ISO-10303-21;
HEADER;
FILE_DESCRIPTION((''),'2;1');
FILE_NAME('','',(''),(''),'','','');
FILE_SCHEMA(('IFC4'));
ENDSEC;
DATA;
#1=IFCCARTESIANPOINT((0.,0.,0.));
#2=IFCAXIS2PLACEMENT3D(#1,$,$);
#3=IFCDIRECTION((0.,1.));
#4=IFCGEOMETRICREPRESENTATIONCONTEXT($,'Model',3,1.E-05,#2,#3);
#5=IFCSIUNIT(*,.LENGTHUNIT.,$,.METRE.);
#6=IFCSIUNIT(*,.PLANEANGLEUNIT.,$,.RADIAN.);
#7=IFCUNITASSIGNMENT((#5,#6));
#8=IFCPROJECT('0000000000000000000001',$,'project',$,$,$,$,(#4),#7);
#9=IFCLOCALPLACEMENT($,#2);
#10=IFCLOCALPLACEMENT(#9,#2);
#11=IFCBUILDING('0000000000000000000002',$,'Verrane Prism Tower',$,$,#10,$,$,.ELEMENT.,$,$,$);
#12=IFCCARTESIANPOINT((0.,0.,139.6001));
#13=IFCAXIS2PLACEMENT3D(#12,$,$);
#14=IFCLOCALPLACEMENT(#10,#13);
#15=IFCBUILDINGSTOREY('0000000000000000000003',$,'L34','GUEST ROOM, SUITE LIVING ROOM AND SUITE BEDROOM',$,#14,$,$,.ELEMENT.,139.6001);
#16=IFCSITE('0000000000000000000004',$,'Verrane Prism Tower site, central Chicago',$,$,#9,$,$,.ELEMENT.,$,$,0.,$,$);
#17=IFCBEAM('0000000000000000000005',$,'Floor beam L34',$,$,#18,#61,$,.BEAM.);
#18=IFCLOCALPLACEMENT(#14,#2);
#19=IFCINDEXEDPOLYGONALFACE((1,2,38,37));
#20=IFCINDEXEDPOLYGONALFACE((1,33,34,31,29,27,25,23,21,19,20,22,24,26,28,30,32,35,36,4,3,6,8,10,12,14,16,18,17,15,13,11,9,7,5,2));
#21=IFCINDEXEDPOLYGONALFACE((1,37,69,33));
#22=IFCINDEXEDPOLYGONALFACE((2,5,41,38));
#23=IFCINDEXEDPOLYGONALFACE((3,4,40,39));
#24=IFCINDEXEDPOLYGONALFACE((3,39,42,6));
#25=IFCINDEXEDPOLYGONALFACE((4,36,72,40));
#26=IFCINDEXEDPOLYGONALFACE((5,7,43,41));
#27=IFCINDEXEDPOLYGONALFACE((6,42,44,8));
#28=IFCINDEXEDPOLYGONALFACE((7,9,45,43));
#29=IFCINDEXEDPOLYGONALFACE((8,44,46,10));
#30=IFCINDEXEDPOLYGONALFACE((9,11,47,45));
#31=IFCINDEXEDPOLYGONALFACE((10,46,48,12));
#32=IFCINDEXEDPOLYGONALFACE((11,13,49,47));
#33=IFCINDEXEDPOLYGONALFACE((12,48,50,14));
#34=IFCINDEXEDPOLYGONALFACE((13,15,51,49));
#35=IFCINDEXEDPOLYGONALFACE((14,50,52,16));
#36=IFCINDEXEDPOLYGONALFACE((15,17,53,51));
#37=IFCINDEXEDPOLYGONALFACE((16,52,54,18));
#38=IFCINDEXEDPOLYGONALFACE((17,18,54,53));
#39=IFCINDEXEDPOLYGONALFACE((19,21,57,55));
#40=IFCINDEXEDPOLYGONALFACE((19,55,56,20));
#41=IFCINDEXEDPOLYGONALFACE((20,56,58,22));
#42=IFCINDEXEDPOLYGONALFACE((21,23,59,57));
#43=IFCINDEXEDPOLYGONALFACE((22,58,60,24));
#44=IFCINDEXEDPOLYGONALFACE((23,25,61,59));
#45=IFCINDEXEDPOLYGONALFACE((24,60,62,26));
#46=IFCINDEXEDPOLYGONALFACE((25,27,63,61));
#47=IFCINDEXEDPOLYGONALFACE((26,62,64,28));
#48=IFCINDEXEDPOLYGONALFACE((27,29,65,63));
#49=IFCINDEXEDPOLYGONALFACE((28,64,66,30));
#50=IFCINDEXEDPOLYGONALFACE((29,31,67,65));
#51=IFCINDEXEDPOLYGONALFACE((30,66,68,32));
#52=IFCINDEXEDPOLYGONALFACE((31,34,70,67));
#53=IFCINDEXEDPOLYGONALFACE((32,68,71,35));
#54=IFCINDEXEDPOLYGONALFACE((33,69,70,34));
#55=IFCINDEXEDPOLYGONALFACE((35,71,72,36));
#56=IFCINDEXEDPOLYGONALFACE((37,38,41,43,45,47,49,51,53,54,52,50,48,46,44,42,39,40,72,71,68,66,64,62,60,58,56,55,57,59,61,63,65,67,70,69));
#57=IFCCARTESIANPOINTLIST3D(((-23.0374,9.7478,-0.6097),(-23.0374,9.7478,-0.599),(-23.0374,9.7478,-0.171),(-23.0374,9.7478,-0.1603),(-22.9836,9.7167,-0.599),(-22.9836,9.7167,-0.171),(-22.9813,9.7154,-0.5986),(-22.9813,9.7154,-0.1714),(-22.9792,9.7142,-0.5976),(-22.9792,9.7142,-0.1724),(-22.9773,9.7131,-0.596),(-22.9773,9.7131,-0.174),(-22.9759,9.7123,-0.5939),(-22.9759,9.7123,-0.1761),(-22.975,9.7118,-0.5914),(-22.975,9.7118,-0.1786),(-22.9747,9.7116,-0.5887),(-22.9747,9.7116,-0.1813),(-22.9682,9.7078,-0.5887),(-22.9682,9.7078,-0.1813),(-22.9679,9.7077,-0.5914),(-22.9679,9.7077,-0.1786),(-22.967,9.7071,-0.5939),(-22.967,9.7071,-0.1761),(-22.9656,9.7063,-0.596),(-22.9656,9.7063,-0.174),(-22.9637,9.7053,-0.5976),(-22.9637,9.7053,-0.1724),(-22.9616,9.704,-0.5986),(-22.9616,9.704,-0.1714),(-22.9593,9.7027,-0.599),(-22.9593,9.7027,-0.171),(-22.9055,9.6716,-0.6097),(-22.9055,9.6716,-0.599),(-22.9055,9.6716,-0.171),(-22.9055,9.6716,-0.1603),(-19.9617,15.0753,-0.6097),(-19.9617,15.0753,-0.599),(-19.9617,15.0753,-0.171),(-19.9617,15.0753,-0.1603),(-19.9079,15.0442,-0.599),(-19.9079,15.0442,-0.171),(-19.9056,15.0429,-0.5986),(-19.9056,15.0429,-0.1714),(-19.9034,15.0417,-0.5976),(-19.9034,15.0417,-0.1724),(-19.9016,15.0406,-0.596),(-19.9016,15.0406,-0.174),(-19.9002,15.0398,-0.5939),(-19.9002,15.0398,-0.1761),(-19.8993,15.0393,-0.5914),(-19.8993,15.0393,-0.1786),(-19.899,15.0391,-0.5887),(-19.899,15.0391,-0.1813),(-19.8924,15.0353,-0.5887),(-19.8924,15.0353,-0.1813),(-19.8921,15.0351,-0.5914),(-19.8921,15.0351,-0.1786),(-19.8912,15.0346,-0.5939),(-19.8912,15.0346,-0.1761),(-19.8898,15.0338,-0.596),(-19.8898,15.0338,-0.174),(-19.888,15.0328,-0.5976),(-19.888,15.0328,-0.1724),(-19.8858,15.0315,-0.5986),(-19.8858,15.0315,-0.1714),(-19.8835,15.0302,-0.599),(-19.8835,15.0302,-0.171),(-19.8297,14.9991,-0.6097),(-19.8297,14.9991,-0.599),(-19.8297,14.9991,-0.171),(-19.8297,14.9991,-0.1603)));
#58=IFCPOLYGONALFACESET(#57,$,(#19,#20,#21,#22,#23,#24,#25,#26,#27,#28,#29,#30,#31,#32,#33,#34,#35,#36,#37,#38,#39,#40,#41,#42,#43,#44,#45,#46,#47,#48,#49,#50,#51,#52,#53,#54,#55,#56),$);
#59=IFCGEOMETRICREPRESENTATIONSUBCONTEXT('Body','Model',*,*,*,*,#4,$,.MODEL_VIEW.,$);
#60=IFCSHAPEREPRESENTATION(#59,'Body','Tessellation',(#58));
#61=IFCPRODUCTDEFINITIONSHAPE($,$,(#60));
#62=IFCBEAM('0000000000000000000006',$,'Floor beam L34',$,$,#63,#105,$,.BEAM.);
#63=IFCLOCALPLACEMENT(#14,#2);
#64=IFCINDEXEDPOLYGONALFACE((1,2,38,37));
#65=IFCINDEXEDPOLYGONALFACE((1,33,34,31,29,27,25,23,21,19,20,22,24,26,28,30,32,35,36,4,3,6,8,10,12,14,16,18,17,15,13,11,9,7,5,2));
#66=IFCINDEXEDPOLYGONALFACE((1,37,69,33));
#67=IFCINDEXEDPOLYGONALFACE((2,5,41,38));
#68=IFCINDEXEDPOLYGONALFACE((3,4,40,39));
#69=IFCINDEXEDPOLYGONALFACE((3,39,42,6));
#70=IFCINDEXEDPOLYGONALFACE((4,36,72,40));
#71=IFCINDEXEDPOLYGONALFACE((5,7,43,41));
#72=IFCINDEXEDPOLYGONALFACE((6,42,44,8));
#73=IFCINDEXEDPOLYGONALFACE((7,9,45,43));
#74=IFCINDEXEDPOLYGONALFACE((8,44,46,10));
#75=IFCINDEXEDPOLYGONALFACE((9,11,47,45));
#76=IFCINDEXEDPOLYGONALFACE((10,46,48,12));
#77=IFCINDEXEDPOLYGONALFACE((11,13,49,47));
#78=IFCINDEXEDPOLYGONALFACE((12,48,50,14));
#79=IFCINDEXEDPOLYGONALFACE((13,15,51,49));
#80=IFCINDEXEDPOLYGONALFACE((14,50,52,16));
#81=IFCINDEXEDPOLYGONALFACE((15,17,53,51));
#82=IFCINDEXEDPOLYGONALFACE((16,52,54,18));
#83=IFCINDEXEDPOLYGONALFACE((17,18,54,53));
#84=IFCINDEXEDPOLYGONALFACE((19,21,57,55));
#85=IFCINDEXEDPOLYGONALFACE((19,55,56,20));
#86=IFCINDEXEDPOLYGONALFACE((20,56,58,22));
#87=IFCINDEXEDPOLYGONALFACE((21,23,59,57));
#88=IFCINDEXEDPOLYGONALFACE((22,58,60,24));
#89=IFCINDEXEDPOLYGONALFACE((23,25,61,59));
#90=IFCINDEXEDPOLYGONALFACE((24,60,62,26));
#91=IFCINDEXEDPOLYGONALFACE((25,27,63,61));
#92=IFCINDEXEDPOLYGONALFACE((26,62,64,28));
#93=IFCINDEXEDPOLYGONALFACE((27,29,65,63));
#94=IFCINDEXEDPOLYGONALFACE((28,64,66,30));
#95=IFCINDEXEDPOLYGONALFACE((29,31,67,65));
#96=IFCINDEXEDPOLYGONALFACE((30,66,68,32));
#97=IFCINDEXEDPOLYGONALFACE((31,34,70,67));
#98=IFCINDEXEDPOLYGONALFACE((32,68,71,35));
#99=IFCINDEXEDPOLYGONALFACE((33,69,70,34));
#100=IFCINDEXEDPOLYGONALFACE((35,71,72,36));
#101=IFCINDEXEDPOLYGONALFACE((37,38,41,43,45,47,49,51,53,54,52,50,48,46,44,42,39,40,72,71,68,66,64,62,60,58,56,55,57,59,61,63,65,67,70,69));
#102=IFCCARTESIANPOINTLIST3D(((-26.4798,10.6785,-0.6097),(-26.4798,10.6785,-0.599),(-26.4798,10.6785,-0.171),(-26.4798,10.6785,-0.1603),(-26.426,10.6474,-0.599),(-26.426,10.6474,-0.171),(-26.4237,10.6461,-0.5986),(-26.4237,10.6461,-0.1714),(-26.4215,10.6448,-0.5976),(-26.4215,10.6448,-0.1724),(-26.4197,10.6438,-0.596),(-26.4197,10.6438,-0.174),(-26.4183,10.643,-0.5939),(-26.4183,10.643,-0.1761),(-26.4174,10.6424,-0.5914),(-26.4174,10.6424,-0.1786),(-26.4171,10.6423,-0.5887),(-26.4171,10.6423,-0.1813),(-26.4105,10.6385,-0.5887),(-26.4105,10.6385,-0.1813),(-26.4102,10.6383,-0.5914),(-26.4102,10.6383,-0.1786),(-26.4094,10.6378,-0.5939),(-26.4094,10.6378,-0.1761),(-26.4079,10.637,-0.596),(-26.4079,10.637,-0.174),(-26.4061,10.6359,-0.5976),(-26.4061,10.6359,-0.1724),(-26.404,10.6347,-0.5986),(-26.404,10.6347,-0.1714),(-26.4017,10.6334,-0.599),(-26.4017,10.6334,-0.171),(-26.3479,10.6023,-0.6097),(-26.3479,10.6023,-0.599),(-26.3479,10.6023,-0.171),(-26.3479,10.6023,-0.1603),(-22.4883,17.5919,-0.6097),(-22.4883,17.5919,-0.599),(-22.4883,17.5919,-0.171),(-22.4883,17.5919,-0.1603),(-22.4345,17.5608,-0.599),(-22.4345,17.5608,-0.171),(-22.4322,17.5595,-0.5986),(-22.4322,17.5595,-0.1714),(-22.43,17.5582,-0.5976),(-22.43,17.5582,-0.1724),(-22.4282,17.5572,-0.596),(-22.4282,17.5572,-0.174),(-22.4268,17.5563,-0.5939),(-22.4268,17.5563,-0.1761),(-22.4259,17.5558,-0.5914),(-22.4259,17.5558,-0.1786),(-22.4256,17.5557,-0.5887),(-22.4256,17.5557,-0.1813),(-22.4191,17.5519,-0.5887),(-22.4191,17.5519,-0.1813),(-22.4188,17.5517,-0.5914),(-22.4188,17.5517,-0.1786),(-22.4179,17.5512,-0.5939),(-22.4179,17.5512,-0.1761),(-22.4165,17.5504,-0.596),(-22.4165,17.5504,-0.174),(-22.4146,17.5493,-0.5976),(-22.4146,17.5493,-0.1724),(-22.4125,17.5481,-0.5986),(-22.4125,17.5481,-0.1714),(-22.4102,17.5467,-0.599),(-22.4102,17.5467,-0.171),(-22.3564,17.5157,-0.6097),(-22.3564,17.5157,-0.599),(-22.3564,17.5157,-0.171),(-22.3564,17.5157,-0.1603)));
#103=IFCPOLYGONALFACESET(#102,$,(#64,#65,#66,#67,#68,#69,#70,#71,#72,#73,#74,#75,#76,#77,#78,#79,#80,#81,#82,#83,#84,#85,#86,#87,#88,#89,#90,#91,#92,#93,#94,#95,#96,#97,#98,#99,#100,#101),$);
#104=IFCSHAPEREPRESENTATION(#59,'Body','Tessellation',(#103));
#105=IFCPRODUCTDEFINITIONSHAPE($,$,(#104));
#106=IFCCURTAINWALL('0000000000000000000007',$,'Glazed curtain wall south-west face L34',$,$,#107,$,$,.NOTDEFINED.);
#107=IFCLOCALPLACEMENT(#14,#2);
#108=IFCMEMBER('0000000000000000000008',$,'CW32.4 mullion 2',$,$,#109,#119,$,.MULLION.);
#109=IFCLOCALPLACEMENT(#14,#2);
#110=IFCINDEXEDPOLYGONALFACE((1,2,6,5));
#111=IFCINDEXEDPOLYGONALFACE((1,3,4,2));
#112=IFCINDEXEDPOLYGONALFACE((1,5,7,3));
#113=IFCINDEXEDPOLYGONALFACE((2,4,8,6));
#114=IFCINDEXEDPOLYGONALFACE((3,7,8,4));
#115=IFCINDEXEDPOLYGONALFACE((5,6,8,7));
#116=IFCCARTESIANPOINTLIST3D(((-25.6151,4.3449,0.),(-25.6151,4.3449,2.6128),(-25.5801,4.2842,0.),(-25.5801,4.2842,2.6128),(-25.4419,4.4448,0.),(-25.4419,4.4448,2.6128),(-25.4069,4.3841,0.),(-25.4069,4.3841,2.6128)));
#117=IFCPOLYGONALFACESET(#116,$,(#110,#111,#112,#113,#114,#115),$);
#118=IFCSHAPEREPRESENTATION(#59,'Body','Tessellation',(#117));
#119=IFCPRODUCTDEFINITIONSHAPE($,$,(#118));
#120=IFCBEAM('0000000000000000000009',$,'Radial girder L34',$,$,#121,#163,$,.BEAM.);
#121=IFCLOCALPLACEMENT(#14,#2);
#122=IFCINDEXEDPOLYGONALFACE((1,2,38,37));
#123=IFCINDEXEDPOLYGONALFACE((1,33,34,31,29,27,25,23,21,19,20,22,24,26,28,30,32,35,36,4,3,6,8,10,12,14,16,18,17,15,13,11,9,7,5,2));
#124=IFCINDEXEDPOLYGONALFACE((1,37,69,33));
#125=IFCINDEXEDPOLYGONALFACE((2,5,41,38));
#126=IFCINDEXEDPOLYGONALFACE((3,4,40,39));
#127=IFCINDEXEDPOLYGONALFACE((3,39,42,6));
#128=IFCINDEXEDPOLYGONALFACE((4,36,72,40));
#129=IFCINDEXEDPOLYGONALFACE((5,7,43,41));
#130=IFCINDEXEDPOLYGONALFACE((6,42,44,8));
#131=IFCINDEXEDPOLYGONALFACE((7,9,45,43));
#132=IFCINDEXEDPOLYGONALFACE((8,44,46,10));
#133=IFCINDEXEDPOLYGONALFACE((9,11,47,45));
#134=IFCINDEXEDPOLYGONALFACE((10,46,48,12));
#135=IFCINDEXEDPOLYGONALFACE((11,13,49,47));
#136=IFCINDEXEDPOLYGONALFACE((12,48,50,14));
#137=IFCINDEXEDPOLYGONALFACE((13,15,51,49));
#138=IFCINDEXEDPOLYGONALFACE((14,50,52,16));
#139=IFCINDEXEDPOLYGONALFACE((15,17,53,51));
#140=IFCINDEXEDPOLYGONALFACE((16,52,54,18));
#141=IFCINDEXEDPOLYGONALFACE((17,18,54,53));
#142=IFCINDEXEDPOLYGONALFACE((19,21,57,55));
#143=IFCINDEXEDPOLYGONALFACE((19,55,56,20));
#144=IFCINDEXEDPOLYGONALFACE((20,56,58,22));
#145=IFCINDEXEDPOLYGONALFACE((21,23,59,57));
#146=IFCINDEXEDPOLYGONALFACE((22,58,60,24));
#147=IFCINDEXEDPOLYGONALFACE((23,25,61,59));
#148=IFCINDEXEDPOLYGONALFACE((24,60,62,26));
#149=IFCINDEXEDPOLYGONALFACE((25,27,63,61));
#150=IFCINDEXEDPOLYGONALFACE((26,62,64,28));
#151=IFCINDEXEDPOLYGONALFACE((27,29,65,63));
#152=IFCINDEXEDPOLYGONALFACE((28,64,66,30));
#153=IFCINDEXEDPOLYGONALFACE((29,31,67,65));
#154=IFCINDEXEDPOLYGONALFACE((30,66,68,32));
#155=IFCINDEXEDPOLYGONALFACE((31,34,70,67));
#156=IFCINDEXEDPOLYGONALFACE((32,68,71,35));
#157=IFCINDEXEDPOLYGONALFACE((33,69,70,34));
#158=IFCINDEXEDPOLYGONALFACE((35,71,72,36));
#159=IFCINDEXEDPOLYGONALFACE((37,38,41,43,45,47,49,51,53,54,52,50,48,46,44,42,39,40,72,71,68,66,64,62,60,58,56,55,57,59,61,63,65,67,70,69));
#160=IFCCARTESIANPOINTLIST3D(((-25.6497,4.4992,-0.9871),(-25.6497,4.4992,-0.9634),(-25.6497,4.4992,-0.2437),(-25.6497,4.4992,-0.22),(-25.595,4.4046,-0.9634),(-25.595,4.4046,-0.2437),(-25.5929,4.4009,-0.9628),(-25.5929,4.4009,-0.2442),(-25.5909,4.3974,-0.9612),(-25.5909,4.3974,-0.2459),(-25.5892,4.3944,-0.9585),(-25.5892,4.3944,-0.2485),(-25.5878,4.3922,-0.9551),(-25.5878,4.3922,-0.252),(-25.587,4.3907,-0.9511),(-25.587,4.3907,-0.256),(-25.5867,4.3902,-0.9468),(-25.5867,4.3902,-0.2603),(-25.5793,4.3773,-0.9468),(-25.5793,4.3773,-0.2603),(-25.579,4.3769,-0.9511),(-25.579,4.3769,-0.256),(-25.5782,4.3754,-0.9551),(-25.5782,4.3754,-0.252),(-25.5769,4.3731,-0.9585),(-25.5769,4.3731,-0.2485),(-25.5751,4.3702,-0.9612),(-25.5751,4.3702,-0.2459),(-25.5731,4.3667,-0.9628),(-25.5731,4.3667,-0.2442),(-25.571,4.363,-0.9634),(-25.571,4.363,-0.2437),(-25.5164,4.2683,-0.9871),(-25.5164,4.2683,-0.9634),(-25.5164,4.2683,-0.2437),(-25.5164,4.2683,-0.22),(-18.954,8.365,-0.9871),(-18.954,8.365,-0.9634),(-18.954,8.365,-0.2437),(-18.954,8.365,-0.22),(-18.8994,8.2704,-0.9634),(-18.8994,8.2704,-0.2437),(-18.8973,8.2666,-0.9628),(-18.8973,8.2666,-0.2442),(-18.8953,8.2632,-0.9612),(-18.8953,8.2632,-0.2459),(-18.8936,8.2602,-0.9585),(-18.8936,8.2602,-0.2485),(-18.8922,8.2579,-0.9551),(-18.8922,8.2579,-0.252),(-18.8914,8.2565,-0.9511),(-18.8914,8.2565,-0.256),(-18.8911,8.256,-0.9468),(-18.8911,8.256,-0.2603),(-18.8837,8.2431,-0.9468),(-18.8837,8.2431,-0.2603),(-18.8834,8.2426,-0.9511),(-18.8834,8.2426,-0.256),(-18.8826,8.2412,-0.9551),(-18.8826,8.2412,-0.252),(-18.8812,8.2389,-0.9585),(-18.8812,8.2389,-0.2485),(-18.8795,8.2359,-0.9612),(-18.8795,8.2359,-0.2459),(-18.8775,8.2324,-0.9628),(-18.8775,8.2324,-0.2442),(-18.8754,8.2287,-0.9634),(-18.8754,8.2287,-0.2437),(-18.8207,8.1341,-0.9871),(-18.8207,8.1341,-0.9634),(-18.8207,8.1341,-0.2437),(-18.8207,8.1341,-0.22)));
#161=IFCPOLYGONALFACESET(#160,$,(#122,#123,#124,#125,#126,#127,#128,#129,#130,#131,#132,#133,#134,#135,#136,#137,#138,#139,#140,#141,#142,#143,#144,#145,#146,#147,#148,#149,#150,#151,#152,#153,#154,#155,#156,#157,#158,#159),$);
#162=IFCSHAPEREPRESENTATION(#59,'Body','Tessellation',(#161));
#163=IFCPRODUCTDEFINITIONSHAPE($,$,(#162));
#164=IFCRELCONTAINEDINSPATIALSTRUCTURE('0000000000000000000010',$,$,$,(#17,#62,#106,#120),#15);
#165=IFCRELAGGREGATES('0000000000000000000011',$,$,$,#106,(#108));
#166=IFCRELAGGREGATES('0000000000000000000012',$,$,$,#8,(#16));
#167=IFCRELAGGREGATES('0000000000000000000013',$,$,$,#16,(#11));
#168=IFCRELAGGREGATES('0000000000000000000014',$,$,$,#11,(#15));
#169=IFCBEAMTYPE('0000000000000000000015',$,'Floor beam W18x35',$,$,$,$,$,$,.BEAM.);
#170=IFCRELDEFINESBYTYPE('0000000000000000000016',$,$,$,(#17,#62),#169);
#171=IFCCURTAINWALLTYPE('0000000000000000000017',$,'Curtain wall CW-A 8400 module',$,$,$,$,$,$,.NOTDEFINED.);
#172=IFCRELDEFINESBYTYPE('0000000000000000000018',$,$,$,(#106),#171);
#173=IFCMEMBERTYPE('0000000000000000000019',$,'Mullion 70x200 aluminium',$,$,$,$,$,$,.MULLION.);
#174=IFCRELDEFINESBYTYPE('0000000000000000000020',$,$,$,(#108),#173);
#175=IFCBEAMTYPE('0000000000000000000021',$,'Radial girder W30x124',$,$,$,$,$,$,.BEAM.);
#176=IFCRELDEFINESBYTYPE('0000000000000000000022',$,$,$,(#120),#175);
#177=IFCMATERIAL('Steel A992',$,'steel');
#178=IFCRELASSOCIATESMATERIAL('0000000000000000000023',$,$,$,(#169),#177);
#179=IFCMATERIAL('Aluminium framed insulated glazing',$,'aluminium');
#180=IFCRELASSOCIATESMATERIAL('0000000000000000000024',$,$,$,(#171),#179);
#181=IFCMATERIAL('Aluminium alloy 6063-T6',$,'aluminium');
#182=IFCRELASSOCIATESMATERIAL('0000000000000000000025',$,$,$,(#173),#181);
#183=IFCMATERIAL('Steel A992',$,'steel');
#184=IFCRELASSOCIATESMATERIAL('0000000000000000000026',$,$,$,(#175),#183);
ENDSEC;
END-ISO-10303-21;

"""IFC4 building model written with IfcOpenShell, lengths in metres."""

from ifc_helpers import new_model, si_unit, direction, frame, origin, origin_2d, place, context, subcontext, project, spatial, rectangle, i_section, extrude, material, material_profile, profile_set, type_object, element, aggregate, save


model = new_model("IFC4")

# Units and contexts
model_context = context("Model", 3, precision=1e-05, world=origin(), true_north=direction((0.0, 1.0)))
body_context = subcontext(model_context, "Body", "Model", "MODEL_VIEW")
ifc_project = project(units=[si_unit("LENGTHUNIT", "METRE"), si_unit("PLANEANGLEUNIT", "RADIAN")], contexts=[model_context])

# Site, building, storey
site_placement = place(None, origin())
site = spatial("IfcSite", under=ifc_project, at=site_placement, Name="Verrane Prism Tower site, central Chicago", CompositionType="ELEMENT", RefElevation=0.0)
building_placement = place(site_placement, origin())
building = spatial("IfcBuilding", under=site, at=building_placement, Name="Verrane Prism Tower", CompositionType="ELEMENT")
storey_placement = place(building_placement, frame((0.0, 0.0, 139.6001)))
storey = spatial("IfcBuildingStorey", under=building, at=storey_placement, Name="L34", Description="GUEST ROOM, SUITE LIVING ROOM AND SUITE BEDROOM", CompositionType="ELEMENT", Elevation=139.6001)

# Beams
ifc_material_1 = material(Name="Steel A992", Category="steel")
ifc_material_profile_1 = material_profile(ifc_material_1, i_section(OverallWidth=0.1523, OverallDepth=0.4495, WebThickness=0.0076, FlangeThickness=0.0107, FilletRadius=0.0103, at=origin_2d()), Name="W18x35")
ifc_profile_set_1 = profile_set([ifc_material_profile_1], Name="Steel A992")
beam_type_1 = type_object("IfcBeamType", Name="Floor beam W18x35", PredefinedType="BEAM", material=ifc_profile_set_1)
beam_1_placement = place(storey_placement, frame((-22.9714, 9.7097, -0.385), z_axis=(0.499989, 0.866032, 0.0), x_axis=(-0.866032, 0.499989, 0.0)))
element("IfcBeam", 1, at=beam_1_placement, inside=storey, type_object=beam_type_1, Name="Floor beam L34", PredefinedType="BEAM", context=body_context, shape_type="SweptSolid", body=[
    extrude(i_section(OverallWidth=0.1523, OverallDepth=0.4495, WebThickness=0.0076, FlangeThickness=0.0107, FilletRadius=0.0103, at=origin_2d()), origin(), (0.0, 0.0, 1.0), 6.1516),
])
beam_2_placement = place(storey_placement, frame((-26.4138, 10.6404, -0.385), z_axis=(0.500004, 0.866023, 0.0), x_axis=(-0.866023, 0.500004, 0.0)))
element("IfcBeam", 2, at=beam_2_placement, inside=storey, type_object=beam_type_1, Name="Floor beam L34", PredefinedType="BEAM", context=body_context, shape_type="SweptSolid", body=[
    extrude(i_section(OverallWidth=0.1523, OverallDepth=0.4495, WebThickness=0.0076, FlangeThickness=0.0107, FilletRadius=0.0103, at=origin_2d()), origin(), (0.0, 0.0, 1.0), 7.9829),
])

# Curtain wall, member
ifc_material_2 = material(Name="Aluminium framed insulated glazing", Category="aluminium")
curtain_wall_type = type_object("IfcCurtainWallType", Name="Curtain wall CW-A 8400 module", PredefinedType="NOTDEFINED", material=ifc_material_2)
curtain_wall_placement = place(storey_placement, origin())
curtain_wall = element("IfcCurtainWall", 3, at=curtain_wall_placement, inside=storey, type_object=curtain_wall_type, Name="Glazed curtain wall south-west face L34", PredefinedType="NOTDEFINED")
ifc_material_3 = material(Name="Aluminium alloy 6063-T6", Category="aluminium")
ifc_material_profile_2 = material_profile(ifc_material_3, rectangle(XDim=0.2, YDim=0.0701, at=origin_2d()), Name="Mullion 70x200 aluminium")
ifc_profile_set_2 = profile_set([ifc_material_profile_2], Name="Aluminium alloy 6063-T6")
member_type_1 = type_object("IfcMemberType", Name="Mullion 70x200 aluminium", PredefinedType="MULLION", material=ifc_profile_set_2)
member_1_placement = place(storey_placement, frame((-25.511, 4.3645, 0.0), z_axis=(0.0, 0.0, 1.0), x_axis=(0.866025, 0.5, 0.0)))
member_1 = element("IfcMember", 4, at=member_1_placement, type_object=member_type_1, Name="CW32.4 mullion 2", PredefinedType="MULLION", context=body_context, shape_type="SweptSolid", body=[
    extrude(rectangle(XDim=0.2, YDim=0.0701, at=origin_2d()), origin(), (0.0, 0.0, 1.0), 2.6128),
])

# Beam
ifc_material_4 = material(Name="Steel A992", Category="steel")
ifc_material_profile_3 = material_profile(ifc_material_4, i_section(OverallWidth=0.2666, OverallDepth=0.7671, WebThickness=0.0149, FlangeThickness=0.0237, FilletRadius=0.0166, at=origin_2d()), Name="W30x124")
ifc_profile_set_3 = profile_set([ifc_material_profile_3], Name="Steel A992")
beam_type_2 = type_object("IfcBeamType", Name="Radial girder W30x124", PredefinedType="BEAM", material=ifc_profile_set_3)
beam_3_placement = place(storey_placement, frame((-25.583, 4.3838, -0.6035), z_axis=(0.866023, 0.500004, 0.0), x_axis=(-0.500004, 0.866023, 0.0)))
element("IfcBeam", 5, at=beam_3_placement, inside=storey, type_object=beam_type_2, Name="Radial girder L34", PredefinedType="BEAM", context=body_context, shape_type="SweptSolid", body=[
    extrude(i_section(OverallWidth=0.2666, OverallDepth=0.7671, WebThickness=0.0149, FlangeThickness=0.0237, FilletRadius=0.0166, at=origin_2d()), origin(), (0.0, 0.0, 1.0), 7.7314),
])

aggregate(curtain_wall, [member_1])

save(model, "model.ifc")
